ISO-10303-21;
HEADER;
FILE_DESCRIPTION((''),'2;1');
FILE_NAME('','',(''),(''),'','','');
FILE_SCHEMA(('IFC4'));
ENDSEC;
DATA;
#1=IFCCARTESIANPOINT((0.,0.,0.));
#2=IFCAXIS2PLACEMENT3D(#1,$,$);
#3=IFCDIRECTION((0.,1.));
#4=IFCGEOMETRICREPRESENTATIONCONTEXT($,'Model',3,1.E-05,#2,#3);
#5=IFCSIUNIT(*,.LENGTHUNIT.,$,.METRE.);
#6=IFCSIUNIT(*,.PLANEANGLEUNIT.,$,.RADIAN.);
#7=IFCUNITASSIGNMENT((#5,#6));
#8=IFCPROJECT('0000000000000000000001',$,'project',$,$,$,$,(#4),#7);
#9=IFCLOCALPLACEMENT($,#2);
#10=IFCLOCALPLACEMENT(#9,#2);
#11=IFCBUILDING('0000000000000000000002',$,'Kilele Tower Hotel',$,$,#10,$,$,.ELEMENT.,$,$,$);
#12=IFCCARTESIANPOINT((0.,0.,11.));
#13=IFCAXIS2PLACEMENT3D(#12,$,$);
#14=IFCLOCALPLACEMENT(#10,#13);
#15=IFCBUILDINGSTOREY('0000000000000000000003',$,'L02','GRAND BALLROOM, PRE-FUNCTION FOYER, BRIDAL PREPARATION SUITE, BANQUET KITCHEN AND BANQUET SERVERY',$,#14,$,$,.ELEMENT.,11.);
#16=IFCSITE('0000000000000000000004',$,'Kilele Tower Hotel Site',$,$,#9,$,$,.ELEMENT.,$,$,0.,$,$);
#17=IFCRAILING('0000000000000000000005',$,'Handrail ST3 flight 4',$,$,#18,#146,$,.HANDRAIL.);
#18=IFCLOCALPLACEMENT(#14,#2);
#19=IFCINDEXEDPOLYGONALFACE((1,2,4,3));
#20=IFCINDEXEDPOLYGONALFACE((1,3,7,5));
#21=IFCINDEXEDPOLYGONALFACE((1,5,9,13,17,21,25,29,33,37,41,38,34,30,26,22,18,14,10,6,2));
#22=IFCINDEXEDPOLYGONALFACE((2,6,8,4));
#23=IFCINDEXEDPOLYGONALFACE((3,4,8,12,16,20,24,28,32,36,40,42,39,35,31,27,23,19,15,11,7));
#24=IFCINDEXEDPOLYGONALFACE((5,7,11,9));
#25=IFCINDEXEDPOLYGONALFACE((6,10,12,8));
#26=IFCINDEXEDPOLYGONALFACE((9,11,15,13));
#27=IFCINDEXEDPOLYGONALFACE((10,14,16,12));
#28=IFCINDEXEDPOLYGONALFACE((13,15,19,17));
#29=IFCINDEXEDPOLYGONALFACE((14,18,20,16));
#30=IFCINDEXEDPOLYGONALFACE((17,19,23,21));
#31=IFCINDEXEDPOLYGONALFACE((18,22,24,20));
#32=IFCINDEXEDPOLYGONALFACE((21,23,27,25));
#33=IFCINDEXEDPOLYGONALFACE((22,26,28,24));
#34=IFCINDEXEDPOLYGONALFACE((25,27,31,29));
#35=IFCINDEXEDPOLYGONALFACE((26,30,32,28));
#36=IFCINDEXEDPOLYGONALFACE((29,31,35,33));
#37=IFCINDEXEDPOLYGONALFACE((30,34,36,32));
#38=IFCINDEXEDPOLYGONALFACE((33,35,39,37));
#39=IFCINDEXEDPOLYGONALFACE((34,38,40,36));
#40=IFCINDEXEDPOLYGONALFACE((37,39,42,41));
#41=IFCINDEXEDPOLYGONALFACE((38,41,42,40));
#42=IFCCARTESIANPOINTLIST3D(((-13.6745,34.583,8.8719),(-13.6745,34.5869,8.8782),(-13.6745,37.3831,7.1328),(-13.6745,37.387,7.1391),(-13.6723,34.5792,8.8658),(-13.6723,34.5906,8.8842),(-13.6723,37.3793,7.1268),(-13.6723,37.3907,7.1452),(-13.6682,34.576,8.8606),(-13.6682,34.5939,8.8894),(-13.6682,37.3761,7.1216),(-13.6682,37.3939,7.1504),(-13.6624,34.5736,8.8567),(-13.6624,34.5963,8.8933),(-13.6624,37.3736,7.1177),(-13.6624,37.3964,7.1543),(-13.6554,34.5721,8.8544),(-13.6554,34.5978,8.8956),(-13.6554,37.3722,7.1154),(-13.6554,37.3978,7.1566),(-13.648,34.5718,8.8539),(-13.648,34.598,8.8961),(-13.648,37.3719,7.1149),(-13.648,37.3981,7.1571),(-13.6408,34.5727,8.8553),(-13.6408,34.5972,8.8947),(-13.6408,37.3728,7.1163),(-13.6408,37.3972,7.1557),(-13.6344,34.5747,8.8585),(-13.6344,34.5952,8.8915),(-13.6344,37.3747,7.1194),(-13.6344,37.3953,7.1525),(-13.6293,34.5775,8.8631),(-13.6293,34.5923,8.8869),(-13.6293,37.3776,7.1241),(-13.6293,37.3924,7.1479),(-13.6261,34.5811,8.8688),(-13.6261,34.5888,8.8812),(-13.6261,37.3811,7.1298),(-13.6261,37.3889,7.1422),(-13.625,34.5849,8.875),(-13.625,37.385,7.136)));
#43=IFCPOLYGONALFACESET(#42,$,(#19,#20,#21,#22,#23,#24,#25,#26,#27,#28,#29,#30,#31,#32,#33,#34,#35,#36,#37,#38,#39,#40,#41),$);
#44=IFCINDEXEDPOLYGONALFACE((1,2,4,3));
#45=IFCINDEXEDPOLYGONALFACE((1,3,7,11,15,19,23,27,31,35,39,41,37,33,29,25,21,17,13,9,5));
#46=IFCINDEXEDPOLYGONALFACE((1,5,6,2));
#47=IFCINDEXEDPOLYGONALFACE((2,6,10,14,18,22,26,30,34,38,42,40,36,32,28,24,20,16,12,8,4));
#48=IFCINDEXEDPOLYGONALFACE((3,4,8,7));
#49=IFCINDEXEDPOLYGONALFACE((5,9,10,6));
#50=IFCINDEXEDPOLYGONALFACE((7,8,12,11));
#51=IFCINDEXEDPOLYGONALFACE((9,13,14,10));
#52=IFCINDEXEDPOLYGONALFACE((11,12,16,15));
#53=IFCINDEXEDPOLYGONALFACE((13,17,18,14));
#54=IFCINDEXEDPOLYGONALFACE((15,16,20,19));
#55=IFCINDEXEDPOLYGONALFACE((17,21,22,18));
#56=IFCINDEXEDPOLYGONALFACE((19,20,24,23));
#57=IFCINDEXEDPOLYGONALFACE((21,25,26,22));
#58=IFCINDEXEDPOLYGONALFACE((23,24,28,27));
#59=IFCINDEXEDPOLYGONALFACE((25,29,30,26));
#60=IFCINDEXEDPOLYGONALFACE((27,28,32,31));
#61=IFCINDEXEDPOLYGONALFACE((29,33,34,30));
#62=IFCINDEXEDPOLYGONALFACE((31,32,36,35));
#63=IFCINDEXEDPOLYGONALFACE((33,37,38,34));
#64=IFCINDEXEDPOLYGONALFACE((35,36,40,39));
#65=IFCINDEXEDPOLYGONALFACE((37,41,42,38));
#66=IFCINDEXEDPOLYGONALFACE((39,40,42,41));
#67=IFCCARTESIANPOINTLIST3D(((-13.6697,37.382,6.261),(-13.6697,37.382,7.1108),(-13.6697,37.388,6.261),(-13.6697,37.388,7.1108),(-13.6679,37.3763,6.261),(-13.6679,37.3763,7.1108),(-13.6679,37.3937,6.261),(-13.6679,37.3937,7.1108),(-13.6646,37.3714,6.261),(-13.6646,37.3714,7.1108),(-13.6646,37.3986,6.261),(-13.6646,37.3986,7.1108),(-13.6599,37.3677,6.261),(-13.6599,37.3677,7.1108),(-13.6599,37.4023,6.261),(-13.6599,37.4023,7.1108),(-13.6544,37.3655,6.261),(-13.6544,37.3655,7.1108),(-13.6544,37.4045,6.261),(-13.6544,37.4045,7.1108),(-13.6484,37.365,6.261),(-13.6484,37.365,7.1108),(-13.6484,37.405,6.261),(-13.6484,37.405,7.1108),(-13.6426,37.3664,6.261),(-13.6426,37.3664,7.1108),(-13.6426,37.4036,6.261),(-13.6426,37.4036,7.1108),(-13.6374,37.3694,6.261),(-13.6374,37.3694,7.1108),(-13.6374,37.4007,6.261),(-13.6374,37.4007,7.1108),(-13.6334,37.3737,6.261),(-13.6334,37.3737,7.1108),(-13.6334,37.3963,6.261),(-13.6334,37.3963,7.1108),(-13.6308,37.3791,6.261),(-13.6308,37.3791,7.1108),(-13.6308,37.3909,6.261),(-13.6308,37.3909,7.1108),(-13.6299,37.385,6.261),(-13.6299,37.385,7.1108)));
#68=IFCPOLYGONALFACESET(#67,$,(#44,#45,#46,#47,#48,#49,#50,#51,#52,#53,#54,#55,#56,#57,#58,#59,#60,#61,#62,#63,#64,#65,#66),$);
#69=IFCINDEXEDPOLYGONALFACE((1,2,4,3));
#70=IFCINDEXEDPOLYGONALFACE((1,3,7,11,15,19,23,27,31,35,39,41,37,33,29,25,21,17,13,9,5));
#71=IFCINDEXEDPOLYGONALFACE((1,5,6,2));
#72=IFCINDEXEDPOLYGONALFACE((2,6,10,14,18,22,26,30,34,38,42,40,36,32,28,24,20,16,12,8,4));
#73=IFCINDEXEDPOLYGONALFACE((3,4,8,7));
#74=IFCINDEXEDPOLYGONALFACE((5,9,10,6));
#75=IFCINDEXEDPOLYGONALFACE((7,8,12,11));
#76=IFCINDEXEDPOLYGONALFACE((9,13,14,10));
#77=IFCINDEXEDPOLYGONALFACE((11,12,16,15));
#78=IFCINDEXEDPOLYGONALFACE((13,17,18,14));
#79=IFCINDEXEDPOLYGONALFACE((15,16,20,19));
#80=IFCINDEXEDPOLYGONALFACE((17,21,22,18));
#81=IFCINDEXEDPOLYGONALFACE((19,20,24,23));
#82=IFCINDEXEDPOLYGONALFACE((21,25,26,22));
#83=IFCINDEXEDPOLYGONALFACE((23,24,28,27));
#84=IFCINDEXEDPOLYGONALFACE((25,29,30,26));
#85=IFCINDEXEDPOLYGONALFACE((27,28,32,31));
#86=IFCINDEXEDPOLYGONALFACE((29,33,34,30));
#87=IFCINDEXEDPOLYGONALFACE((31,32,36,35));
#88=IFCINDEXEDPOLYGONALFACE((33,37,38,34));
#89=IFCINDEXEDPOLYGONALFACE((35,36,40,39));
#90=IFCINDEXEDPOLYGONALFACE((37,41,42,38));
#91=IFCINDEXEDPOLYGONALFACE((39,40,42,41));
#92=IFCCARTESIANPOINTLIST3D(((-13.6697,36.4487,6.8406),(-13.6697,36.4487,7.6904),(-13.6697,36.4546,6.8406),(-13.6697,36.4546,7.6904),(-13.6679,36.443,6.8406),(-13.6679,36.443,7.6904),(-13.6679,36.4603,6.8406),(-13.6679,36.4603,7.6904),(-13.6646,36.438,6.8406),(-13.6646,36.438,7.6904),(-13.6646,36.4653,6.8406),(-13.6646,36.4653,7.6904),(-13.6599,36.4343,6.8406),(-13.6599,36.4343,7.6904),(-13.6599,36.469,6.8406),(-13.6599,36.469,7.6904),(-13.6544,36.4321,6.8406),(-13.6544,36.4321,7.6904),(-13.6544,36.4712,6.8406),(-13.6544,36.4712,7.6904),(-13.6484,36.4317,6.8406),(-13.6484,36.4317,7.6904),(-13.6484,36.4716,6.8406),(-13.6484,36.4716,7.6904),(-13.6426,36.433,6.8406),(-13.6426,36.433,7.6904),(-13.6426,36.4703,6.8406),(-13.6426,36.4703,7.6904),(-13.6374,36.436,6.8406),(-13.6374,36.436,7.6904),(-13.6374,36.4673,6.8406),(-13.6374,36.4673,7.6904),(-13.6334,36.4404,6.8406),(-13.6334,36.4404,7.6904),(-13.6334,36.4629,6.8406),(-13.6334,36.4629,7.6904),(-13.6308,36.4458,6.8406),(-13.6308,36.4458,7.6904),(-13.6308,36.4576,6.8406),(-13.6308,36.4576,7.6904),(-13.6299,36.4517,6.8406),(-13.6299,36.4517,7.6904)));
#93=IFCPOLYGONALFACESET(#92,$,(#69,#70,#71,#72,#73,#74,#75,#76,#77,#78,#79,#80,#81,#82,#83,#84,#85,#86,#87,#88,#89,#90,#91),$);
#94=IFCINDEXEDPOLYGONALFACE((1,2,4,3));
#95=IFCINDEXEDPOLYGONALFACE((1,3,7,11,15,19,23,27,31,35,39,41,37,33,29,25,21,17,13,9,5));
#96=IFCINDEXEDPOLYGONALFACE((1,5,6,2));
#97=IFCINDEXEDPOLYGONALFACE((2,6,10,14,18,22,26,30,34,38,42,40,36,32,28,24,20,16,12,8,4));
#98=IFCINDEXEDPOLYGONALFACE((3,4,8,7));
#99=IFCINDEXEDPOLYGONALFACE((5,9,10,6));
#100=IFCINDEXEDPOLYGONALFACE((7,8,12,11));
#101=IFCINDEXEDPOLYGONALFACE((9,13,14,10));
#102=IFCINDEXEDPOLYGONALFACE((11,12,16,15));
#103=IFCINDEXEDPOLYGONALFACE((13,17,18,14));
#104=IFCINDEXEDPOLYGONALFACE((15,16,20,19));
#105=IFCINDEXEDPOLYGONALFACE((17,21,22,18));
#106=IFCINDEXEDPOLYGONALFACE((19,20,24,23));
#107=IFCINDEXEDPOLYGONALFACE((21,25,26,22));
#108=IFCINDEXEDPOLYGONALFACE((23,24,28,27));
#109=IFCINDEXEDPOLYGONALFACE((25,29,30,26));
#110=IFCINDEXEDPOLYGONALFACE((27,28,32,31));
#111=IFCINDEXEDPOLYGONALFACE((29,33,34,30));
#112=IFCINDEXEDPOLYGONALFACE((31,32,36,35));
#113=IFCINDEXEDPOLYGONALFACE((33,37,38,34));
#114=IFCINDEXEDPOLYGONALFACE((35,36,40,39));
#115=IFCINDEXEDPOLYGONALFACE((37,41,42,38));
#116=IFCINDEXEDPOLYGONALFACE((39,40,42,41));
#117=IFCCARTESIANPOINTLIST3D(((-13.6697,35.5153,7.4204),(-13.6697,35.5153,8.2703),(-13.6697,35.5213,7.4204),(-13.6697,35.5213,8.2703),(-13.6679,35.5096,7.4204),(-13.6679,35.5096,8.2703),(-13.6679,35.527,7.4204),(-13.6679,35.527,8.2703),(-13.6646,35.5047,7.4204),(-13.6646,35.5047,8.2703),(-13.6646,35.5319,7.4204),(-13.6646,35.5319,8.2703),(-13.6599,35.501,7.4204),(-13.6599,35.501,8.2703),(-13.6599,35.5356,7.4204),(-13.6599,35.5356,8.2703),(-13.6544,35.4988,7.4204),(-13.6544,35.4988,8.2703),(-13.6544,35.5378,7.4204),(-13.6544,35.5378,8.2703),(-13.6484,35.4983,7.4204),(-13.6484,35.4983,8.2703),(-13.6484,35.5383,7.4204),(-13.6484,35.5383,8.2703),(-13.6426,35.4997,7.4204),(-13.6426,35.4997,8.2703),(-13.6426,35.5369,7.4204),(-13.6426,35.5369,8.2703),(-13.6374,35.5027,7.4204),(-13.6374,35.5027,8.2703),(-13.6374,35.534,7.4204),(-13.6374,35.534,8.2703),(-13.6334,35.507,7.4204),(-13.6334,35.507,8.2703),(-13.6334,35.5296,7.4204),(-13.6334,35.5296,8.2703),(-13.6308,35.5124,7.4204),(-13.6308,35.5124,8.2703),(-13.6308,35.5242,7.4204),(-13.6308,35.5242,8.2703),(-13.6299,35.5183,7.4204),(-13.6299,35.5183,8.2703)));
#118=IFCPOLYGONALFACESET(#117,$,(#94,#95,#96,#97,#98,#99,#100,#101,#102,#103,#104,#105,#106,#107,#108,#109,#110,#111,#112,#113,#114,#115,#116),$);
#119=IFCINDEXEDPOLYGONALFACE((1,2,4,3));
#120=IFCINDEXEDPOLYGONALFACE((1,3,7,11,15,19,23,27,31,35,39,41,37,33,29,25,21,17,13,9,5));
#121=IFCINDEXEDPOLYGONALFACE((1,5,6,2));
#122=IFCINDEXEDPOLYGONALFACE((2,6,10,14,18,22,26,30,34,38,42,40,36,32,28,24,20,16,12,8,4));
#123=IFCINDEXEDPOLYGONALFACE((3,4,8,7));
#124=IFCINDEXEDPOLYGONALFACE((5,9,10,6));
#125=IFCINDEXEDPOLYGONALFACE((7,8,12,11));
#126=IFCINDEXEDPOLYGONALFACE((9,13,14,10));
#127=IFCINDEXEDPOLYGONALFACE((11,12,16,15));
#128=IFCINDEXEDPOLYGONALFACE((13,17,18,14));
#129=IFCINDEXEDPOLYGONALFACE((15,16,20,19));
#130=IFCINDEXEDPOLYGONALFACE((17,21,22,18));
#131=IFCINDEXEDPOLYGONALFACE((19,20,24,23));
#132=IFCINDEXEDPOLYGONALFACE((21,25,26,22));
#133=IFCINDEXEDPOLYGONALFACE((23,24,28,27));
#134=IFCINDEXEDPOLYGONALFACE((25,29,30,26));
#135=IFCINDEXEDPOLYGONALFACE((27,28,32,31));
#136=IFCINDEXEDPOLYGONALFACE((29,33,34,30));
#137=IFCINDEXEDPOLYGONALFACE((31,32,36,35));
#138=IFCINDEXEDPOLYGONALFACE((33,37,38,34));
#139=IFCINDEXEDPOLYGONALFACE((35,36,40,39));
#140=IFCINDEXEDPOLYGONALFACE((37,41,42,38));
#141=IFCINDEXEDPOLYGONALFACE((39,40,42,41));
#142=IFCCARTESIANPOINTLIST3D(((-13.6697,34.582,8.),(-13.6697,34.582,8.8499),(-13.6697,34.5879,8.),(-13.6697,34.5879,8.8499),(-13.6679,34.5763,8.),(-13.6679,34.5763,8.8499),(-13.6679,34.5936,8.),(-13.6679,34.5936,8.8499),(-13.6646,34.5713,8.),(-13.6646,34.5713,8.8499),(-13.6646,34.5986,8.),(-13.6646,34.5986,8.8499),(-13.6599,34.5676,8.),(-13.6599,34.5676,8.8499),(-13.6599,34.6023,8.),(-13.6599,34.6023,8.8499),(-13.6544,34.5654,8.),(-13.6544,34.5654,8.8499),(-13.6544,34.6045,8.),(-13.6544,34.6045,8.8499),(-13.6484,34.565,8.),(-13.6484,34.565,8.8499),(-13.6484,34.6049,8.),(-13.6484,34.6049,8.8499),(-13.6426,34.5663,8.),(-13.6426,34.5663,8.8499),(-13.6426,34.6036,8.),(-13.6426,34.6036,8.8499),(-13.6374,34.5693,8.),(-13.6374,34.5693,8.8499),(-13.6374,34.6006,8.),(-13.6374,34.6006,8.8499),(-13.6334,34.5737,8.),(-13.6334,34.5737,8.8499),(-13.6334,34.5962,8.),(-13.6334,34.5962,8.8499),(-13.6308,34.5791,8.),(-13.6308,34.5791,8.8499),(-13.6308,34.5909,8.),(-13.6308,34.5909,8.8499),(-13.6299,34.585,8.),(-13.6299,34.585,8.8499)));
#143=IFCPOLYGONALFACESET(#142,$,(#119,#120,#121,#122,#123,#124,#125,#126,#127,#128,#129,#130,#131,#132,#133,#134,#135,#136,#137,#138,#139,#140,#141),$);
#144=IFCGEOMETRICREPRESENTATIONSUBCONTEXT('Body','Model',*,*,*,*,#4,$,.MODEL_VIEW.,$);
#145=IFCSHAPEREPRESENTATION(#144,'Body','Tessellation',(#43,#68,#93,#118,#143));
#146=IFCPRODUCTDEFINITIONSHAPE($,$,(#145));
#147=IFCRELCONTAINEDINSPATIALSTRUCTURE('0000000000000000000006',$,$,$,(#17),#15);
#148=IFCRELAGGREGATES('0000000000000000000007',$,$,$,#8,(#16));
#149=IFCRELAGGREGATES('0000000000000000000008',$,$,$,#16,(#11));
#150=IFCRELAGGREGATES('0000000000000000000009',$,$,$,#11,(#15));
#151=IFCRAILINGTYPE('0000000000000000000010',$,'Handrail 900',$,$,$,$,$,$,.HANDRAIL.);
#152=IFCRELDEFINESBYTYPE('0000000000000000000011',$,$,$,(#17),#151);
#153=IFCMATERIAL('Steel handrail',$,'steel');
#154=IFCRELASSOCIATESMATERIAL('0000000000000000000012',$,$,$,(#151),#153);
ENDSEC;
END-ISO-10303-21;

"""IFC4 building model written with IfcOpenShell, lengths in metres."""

from ifc_helpers import new_model, si_unit, direction, frame, origin, origin_2d, place, context, subcontext, project, spatial, circle, extrude, material, type_object, element, save


model = new_model("IFC4")

# Units and contexts
model_context = context("Model", 3, precision=1e-05, world=origin(), true_north=direction((0.0, 1.0)))
body_context = subcontext(model_context, "Body", "Model", "MODEL_VIEW")
ifc_project = project(units=[si_unit("LENGTHUNIT", "METRE"), si_unit("PLANEANGLEUNIT", "RADIAN")], contexts=[model_context])

# Site, building, storey
site_placement = place(None, origin())
site = spatial("IfcSite", under=ifc_project, at=site_placement, Name="Kilele Tower Hotel Site", CompositionType="ELEMENT", RefElevation=0.0)
building_placement = place(site_placement, origin())
building = spatial("IfcBuilding", under=site, at=building_placement, Name="Kilele Tower Hotel", CompositionType="ELEMENT")
storey_placement = place(building_placement, frame((0.0, 0.0, 11.0)))
storey = spatial("IfcBuildingStorey", under=building, at=storey_placement, Name="L02", Description="GRAND BALLROOM, PRE-FUNCTION FOYER, BRIDAL PREPARATION SUITE, BANQUET KITCHEN AND BANQUET SERVERY", CompositionType="ELEMENT", Elevation=11.0)

# Railing
ifc_material_1 = material(Name="Steel handrail", Category="steel")
railing_type = type_object("IfcRailingType", Name="Handrail 900", PredefinedType="HANDRAIL", material=ifc_material_1)
railing_1_placement = place(storey_placement, frame((-13.6499, 37.385, 6.261)))
element("IfcRailing", 1, at=railing_1_placement, inside=storey, type_object=railing_type, Name="Handrail ST3 flight 4", PredefinedType="HANDRAIL", context=body_context, shape_type="SweptSolid", body=[
    extrude(circle(Radius=0.0249, at=origin_2d()), frame((0.0, 0.0, 0.875), z_axis=(0.0, -0.849497, 0.527593), x_axis=(1.0, 0.0, 0.0)), (0.0, 0.0, 1.0), 3.2961),
    extrude(circle(Radius=0.02, at=origin_2d()), origin(), (0.0, 0.0, 1.0), 0.8499),
    extrude(circle(Radius=0.02, at=origin_2d()), frame((0.0, -0.9333, 0.5796)), (0.0, 0.0, 1.0), 0.8499),
    extrude(circle(Radius=0.02, at=origin_2d()), frame((0.0, -1.8667, 1.1594)), (0.0, 0.0, 1.0), 0.8499),
    extrude(circle(Radius=0.02, at=origin_2d()), frame((0.0, -2.8, 1.739)), (0.0, 0.0, 1.0), 0.8499),
])

save(model, "model.ifc")
